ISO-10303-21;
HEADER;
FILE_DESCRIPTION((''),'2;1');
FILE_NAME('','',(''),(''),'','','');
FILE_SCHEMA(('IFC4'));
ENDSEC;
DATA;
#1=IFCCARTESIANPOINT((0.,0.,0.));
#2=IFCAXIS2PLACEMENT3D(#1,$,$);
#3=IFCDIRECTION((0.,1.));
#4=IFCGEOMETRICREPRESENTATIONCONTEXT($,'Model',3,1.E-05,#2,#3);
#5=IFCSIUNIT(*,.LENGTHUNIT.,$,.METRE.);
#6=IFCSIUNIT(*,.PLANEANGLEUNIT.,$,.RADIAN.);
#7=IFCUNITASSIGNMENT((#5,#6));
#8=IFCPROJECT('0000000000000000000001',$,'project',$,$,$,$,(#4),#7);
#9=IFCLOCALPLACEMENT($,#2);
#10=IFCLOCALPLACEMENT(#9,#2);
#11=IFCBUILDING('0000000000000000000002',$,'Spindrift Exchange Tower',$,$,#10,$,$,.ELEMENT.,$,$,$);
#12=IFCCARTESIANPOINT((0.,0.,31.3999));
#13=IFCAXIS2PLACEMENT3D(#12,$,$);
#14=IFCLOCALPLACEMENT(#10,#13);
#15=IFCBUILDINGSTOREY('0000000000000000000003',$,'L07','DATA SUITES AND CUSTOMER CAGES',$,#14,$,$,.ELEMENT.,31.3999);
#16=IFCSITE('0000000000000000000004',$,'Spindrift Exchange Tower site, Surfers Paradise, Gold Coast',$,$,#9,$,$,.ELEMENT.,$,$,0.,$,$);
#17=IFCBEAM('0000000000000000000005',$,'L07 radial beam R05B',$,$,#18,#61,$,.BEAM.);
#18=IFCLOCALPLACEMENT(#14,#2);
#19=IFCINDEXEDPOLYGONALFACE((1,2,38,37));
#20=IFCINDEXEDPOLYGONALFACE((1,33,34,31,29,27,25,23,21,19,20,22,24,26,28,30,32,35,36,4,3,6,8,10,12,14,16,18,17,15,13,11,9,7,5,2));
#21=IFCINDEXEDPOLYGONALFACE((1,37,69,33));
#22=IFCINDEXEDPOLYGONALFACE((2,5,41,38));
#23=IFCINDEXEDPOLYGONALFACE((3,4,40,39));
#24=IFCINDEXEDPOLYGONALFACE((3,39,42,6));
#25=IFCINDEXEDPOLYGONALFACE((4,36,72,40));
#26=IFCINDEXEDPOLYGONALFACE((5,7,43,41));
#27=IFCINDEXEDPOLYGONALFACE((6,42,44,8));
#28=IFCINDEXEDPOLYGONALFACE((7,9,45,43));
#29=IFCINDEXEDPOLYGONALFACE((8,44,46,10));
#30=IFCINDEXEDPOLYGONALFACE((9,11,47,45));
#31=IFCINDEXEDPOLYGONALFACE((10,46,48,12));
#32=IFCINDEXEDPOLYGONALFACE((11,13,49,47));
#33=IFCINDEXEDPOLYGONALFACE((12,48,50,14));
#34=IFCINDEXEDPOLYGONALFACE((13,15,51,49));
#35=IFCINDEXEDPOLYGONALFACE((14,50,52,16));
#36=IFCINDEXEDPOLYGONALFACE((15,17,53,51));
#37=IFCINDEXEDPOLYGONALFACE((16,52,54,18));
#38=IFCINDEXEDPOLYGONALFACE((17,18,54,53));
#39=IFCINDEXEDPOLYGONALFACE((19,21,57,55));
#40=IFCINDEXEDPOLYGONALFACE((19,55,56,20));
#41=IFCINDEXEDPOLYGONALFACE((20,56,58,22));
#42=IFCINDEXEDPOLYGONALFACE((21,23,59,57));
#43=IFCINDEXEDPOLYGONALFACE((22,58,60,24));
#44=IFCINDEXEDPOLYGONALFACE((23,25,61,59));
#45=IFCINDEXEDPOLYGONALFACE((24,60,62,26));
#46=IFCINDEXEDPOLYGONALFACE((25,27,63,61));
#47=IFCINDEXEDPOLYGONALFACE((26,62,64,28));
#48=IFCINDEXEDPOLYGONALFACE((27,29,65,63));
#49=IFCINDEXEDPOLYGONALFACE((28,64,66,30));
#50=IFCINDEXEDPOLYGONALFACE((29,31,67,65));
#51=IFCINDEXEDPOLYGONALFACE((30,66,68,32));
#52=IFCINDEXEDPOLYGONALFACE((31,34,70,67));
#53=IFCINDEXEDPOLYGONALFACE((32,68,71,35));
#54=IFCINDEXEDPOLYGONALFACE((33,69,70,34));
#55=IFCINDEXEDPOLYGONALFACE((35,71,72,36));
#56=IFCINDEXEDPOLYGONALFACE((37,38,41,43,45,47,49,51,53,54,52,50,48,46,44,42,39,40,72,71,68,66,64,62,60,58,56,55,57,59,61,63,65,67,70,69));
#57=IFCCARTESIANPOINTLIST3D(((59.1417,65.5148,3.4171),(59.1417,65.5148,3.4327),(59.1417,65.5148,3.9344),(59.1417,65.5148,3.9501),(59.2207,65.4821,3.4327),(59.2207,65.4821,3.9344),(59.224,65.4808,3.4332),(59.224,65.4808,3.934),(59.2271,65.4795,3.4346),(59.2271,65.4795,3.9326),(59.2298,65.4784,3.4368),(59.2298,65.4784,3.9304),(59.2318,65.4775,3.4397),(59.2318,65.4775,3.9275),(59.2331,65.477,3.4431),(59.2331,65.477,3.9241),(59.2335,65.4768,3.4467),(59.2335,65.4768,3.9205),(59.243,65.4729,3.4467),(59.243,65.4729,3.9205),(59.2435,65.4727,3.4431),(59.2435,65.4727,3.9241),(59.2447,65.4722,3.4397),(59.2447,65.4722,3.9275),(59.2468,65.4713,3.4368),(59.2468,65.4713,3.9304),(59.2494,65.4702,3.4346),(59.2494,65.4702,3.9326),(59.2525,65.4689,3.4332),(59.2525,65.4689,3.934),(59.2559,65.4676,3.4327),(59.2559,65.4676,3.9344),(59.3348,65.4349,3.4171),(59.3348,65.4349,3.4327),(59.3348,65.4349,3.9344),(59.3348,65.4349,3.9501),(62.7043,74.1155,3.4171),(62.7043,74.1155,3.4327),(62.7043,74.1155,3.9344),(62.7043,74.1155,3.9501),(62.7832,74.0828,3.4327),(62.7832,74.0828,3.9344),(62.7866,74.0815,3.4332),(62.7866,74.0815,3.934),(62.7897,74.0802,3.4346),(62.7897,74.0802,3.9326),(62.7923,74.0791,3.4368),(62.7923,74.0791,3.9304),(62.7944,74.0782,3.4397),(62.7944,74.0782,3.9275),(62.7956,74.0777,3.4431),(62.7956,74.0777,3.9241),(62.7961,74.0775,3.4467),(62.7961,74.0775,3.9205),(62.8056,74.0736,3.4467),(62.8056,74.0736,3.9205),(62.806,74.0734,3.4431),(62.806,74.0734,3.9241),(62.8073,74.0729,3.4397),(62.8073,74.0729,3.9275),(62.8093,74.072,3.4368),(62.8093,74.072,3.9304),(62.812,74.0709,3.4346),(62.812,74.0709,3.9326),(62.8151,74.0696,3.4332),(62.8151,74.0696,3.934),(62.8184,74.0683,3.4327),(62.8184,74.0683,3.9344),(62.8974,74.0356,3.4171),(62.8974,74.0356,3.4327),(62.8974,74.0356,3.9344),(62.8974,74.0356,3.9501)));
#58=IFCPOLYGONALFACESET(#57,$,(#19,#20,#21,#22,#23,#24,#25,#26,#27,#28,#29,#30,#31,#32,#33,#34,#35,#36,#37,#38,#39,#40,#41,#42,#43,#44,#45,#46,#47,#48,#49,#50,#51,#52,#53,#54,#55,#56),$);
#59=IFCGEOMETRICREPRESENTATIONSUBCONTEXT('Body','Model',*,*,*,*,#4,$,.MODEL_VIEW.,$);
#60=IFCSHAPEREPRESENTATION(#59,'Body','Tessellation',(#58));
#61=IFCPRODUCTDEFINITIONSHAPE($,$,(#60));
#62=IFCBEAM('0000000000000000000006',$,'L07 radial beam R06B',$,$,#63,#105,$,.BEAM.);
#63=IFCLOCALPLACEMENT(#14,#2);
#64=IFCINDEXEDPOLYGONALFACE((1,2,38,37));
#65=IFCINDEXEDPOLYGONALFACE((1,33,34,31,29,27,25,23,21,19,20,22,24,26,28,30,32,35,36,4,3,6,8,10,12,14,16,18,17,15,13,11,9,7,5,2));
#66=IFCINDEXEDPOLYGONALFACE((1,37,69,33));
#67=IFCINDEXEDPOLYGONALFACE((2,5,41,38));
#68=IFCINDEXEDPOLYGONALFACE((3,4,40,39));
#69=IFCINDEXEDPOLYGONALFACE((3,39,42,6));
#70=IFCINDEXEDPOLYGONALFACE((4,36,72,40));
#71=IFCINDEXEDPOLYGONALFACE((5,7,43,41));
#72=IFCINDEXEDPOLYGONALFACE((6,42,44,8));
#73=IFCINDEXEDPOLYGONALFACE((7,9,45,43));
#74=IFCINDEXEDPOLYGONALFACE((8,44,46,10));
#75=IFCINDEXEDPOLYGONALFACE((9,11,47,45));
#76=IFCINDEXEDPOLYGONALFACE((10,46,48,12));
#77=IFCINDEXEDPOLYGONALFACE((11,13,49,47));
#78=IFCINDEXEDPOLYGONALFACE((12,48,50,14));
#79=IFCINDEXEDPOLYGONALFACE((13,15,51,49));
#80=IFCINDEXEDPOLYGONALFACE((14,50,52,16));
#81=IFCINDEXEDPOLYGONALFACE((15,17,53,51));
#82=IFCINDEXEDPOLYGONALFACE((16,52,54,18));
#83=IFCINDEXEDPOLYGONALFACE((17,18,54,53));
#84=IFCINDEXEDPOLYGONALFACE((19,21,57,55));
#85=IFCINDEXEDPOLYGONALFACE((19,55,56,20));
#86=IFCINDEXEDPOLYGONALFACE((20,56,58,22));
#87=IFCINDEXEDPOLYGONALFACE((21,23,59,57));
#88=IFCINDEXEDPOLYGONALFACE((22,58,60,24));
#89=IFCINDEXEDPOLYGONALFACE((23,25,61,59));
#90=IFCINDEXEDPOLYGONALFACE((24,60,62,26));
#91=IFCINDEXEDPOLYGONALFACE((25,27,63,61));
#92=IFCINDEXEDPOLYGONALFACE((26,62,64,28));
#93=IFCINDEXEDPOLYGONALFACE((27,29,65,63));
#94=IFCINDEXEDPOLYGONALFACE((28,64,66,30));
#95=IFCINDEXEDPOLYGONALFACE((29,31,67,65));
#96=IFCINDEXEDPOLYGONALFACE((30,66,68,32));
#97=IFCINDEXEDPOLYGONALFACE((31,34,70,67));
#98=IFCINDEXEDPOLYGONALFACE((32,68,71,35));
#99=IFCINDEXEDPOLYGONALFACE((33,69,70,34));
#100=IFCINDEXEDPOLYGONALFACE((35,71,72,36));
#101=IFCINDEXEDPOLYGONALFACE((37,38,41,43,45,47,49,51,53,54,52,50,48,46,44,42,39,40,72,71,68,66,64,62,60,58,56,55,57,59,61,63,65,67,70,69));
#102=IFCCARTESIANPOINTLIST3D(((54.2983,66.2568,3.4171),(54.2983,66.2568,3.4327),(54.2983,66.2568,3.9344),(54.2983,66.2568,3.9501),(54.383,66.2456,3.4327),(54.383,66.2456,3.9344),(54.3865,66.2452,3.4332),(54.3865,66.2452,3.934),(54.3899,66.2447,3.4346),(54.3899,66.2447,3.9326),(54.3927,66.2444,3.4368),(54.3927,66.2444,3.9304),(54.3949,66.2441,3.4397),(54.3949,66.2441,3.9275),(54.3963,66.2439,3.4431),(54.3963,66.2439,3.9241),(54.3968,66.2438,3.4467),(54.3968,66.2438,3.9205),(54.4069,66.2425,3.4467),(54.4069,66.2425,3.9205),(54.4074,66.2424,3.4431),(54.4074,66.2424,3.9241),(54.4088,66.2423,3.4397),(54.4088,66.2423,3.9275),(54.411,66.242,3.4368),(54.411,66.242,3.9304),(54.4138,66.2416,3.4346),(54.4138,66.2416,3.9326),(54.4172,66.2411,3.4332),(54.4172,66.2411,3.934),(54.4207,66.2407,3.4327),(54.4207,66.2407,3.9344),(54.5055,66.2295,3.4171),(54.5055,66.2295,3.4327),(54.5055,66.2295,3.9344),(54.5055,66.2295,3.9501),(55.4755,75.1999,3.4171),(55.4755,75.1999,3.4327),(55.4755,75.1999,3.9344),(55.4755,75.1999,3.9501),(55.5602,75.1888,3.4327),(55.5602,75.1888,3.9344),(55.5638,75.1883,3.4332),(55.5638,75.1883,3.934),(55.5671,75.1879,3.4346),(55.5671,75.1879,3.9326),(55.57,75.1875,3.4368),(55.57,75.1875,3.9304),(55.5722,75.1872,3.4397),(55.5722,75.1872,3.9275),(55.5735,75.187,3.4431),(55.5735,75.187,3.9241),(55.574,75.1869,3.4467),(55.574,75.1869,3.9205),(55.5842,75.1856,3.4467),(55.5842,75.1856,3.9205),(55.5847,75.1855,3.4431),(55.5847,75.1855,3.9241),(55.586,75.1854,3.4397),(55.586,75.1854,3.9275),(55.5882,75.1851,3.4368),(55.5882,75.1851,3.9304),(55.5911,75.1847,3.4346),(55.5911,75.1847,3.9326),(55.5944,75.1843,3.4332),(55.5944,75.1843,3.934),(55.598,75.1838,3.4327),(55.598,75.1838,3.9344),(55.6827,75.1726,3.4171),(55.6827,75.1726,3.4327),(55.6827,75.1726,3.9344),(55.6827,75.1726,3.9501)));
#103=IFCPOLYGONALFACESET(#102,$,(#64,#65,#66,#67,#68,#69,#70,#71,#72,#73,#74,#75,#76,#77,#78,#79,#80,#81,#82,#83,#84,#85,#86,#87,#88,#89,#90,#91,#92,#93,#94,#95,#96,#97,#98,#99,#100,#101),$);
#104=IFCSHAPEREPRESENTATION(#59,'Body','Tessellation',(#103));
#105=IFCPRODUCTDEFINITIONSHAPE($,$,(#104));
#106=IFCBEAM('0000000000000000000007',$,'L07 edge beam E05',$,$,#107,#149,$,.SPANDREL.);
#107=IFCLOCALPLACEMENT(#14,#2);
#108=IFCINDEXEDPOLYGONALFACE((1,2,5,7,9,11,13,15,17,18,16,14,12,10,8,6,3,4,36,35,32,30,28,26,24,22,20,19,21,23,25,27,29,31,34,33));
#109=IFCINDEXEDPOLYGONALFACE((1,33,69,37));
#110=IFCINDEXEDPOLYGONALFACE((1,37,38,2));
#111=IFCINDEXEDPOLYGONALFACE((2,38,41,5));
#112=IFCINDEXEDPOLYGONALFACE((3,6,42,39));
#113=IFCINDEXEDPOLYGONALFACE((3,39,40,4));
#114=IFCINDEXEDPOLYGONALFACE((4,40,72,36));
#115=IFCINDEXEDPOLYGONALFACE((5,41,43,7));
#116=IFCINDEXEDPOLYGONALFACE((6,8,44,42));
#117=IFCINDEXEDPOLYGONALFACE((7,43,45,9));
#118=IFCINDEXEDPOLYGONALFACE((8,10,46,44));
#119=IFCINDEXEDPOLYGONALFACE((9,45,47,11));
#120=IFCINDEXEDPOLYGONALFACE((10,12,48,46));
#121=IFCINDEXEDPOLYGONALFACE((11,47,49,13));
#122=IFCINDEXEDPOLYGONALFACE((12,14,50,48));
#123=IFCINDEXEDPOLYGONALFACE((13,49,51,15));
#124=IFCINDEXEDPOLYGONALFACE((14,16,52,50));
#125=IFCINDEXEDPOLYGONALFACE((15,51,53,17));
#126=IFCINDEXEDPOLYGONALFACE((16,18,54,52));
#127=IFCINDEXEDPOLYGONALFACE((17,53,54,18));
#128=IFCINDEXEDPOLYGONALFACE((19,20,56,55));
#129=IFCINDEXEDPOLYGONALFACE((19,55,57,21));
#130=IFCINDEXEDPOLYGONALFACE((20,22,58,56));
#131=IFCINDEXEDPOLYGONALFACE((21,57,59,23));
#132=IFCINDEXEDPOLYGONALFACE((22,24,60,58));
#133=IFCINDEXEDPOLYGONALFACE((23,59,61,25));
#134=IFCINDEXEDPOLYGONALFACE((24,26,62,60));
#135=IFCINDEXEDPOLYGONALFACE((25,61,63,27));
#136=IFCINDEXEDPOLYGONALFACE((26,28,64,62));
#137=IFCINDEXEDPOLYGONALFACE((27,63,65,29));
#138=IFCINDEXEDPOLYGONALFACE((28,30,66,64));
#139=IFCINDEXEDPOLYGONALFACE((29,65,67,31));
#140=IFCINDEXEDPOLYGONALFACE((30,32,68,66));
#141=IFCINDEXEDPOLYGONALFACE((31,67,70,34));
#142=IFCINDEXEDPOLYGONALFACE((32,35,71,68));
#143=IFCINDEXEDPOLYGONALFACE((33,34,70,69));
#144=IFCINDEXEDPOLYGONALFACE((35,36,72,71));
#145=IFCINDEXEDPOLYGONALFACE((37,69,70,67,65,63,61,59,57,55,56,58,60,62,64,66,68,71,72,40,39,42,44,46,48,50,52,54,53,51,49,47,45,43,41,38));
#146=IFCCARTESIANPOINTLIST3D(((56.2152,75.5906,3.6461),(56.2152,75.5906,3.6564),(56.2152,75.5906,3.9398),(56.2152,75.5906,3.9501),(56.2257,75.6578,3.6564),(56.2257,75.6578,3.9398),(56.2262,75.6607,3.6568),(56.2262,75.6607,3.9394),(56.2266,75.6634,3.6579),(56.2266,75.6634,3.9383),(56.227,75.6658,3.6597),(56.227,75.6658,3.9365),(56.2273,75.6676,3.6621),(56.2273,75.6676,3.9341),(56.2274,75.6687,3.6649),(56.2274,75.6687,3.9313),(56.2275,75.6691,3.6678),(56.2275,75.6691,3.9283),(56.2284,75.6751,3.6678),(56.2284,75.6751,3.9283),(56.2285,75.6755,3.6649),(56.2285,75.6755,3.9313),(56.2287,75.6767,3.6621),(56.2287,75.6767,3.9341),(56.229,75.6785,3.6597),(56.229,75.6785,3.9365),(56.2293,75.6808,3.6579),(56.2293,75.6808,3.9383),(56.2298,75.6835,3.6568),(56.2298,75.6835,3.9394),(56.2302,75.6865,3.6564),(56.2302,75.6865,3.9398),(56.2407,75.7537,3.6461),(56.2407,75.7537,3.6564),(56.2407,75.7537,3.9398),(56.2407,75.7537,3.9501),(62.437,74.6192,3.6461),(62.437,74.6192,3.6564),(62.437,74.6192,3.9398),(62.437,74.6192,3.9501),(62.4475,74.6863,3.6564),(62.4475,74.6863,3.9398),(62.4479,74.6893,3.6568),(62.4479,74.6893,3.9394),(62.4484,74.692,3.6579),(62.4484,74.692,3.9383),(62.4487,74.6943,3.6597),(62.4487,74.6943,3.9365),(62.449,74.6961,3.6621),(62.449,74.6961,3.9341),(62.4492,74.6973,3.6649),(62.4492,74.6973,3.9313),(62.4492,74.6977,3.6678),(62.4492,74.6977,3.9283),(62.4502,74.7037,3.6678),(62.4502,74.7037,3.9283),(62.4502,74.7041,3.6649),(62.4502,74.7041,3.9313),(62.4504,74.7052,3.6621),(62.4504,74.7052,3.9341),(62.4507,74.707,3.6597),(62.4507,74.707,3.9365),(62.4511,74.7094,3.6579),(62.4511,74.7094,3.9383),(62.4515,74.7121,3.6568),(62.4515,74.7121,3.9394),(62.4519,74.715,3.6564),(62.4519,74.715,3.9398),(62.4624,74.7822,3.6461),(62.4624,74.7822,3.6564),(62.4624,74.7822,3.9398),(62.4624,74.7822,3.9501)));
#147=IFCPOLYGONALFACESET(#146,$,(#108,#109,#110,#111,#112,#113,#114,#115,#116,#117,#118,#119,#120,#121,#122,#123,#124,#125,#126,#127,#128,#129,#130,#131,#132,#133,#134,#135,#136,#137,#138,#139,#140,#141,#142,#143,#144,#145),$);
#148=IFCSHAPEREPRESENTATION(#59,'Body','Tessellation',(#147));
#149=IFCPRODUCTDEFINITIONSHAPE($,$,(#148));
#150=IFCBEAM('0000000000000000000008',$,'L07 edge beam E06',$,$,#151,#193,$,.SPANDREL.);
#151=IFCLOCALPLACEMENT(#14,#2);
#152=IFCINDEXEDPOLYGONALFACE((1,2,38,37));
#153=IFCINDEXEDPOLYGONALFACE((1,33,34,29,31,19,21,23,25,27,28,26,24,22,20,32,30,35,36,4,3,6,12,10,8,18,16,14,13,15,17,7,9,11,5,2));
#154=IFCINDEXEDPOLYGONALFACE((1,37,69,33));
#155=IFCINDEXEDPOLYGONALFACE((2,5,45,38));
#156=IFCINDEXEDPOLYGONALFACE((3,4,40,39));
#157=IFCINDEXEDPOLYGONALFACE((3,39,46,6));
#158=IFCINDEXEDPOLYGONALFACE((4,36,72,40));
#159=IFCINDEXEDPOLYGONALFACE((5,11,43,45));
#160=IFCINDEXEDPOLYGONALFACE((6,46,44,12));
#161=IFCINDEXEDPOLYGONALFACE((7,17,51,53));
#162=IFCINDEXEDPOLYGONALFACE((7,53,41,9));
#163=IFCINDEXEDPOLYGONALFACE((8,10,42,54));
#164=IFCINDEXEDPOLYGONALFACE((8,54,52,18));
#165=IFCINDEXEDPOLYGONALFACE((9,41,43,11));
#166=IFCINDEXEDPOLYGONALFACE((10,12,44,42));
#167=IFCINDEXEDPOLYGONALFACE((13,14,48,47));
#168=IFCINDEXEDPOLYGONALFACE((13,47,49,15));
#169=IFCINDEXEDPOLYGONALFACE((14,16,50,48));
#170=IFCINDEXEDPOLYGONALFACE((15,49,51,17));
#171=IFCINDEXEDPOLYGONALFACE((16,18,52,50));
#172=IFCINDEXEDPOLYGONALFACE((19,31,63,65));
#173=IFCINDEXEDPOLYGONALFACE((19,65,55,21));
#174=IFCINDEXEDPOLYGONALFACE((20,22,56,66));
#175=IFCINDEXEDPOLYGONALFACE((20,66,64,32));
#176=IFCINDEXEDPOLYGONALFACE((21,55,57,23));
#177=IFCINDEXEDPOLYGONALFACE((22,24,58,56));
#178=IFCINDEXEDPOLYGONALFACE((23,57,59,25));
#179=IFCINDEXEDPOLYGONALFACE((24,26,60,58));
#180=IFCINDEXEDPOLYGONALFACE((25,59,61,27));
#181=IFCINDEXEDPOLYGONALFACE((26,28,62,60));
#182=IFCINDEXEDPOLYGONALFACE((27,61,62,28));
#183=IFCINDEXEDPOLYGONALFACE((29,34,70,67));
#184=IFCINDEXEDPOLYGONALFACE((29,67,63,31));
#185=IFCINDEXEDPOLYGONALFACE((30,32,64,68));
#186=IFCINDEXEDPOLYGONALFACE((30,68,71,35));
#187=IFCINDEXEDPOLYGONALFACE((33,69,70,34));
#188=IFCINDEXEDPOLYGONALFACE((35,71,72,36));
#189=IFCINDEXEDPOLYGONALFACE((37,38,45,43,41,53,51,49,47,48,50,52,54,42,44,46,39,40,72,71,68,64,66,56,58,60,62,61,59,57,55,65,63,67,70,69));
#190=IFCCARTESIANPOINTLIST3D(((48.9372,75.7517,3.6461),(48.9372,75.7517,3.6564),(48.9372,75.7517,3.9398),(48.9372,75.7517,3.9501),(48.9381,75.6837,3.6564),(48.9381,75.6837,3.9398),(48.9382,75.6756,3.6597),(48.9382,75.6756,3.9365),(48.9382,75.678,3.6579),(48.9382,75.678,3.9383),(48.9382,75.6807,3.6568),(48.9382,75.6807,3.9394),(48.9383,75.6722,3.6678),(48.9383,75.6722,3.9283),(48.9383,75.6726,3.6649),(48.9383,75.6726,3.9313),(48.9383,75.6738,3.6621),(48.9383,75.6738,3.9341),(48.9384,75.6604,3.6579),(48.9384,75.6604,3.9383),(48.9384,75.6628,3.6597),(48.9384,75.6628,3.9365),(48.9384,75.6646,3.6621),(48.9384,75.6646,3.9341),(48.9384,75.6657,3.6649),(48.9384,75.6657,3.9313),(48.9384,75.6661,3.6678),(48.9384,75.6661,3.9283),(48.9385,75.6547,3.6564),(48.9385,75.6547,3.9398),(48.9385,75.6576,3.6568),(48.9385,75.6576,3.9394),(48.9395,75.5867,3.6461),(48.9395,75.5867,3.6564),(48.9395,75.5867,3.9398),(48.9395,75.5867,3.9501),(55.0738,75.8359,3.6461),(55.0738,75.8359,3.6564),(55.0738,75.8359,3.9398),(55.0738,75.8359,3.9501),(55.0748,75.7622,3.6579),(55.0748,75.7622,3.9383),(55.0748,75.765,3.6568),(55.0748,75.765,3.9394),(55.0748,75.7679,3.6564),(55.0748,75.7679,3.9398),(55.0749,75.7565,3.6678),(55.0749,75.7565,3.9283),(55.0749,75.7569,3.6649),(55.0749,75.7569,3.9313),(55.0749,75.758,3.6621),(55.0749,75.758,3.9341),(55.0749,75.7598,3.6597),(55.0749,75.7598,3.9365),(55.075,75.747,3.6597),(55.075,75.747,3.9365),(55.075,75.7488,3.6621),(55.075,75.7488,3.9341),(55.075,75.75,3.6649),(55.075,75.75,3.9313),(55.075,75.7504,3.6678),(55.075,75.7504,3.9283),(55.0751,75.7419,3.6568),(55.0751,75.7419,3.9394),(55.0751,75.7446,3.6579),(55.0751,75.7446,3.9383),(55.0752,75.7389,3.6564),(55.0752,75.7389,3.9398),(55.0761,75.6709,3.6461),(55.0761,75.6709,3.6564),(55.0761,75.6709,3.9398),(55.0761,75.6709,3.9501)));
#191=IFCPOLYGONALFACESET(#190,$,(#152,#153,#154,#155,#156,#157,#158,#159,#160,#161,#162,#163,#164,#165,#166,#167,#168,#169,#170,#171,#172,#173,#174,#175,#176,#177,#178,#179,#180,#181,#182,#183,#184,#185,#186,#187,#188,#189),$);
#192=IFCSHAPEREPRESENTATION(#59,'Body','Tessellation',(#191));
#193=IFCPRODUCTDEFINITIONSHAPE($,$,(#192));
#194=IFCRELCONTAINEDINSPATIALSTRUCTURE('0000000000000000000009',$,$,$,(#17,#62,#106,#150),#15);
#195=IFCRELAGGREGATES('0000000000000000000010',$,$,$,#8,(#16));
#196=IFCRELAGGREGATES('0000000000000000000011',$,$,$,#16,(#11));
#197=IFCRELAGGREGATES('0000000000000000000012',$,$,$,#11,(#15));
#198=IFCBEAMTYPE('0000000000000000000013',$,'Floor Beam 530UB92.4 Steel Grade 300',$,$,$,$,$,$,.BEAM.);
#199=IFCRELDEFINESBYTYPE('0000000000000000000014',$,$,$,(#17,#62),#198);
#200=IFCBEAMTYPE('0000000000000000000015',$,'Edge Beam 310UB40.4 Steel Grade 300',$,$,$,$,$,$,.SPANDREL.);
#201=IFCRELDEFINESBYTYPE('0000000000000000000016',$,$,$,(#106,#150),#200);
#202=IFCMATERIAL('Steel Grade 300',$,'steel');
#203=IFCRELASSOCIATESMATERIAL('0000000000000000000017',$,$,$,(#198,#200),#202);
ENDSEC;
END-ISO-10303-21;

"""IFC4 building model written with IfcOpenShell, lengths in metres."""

from ifc_helpers import new_model, si_unit, direction, frame, origin, origin_2d, place, context, subcontext, project, spatial, i_section, extrude, source, transform, mapped, material, material_profile, profile_set, type_object, element, save


model = new_model("IFC4")

# Units and contexts
model_context = context("Model", 3, precision=1e-05, world=origin(), true_north=direction((0.0, 1.0)))
body_context = subcontext(model_context, "Body", "Model", "MODEL_VIEW")
ifc_project = project(units=[si_unit("LENGTHUNIT", "METRE"), si_unit("PLANEANGLEUNIT", "RADIAN")], contexts=[model_context])

# Site, building, storey
site_placement = place(None, origin())
site = spatial("IfcSite", under=ifc_project, at=site_placement, Name="Spindrift Exchange Tower site, Surfers Paradise, Gold Coast", CompositionType="ELEMENT", RefElevation=0.0)
building_placement = place(site_placement, origin())
building = spatial("IfcBuilding", under=site, at=building_placement, Name="Spindrift Exchange Tower", CompositionType="ELEMENT")
storey_placement = place(building_placement, frame((0.0, 0.0, 31.3999)))
storey = spatial("IfcBuildingStorey", under=building, at=storey_placement, Name="L07", Description="DATA SUITES AND CUSTOMER CAGES", CompositionType="ELEMENT", Elevation=31.3999)

# Beams
ifc_material_1 = material(Name="Steel Grade 300", Category="steel")
ifc_material_profile_1 = material_profile(ifc_material_1, i_section(OverallWidth=0.209, OverallDepth=0.533, WebThickness=0.0103, FlangeThickness=0.0156, FilletRadius=0.0139, at=origin_2d()), Name="530UB92.4")
ifc_profile_set_1 = profile_set([ifc_material_profile_1], Name="Steel Grade 300")
beam_type_1 = type_object("IfcBeamType", Name="Floor Beam 530UB92.4 Steel Grade 300", PredefinedType="BEAM", material=ifc_profile_set_1)
shared_shape_1 = source(origin(), body_context, "Body", "SweptSolid", [
    extrude(i_section(OverallWidth=0.209, OverallDepth=0.533, WebThickness=0.0103, FlangeThickness=0.0156, FilletRadius=0.0139, at=origin_2d()), origin(), (0.0, 0.0, 1.0), 9.3093),
])
beam_1_placement = place(storey_placement, frame((59.2383, 65.4749, 3.6836), z_axis=(0.382685, 0.923879, 0.0), x_axis=(-0.923879, 0.382685, 0.0)))
element("IfcBeam", 1, at=beam_1_placement, inside=storey, type_object=beam_type_1, Name="L07 radial beam R05B", PredefinedType="BEAM", context=body_context, shape_type="MappedRepresentation", body=[
    mapped(shared_shape_1, transform((0.0, 0.0, 0.0), scale=1.0)),
])
shared_shape_2 = source(origin(), body_context, "Body", "SweptSolid", [
    extrude(i_section(OverallWidth=0.209, OverallDepth=0.533, WebThickness=0.0103, FlangeThickness=0.0156, FilletRadius=0.0139, at=origin_2d()), origin(), (0.0, 0.0, 1.0), 9.0203),
])
beam_2_placement = place(storey_placement, frame((54.4019, 66.2432, 3.6836), z_axis=(0.130511, 0.991447, 0.0), x_axis=(-0.991447, 0.130511, 0.0)))
element("IfcBeam", 2, at=beam_2_placement, inside=storey, type_object=beam_type_1, Name="L07 radial beam R06B", PredefinedType="BEAM", context=body_context, shape_type="MappedRepresentation", body=[
    mapped(shared_shape_2, transform((0.0, 0.0, 0.0), scale=1.0)),
])
ifc_material_profile_2 = material_profile(ifc_material_1, i_section(OverallWidth=0.165, OverallDepth=0.304, WebThickness=0.0061, FlangeThickness=0.0103, FilletRadius=0.0115, at=origin_2d()), Name="310UB40.4")
ifc_profile_set_2 = profile_set([ifc_material_profile_2], Name="Steel Grade 300")
beam_type_2 = type_object("IfcBeamType", Name="Edge Beam 310UB40.4 Steel Grade 300", PredefinedType="SPANDREL", material=ifc_profile_set_2)
shared_shape_3 = source(origin(), body_context, "Body", "SweptSolid", [
    extrude(i_section(OverallWidth=0.165, OverallDepth=0.304, WebThickness=0.0061, FlangeThickness=0.0103, FilletRadius=0.0115, at=origin_2d()), origin(), (0.0, 0.0, 1.0), 6.2971),
])
beam_3_placement = place(storey_placement, frame((62.4497, 74.7007, 3.7981), z_axis=(-0.988029, 0.154268, 0.0), x_axis=(-0.154268, -0.988029, 0.0)))
element("IfcBeam", 3, at=beam_3_placement, inside=storey, type_object=beam_type_2, Name="L07 edge beam E05", PredefinedType="SPANDREL", context=body_context, shape_type="MappedRepresentation", body=[
    mapped(shared_shape_3, transform((0.0, 0.0, 0.0), scale=1.0)),
])
shared_shape_4 = source(origin(), body_context, "Body", "SweptSolid", [
    extrude(i_section(OverallWidth=0.165, OverallDepth=0.304, WebThickness=0.0061, FlangeThickness=0.0103, FilletRadius=0.0115, at=origin_2d()), origin(), (0.0, 0.0, 1.0), 6.1372),
])
beam_4_placement = place(storey_placement, frame((55.075, 75.7534, 3.7981), z_axis=(-0.999906, -0.013724, 0.0), x_axis=(0.013724, -0.999906, 0.0)))
element("IfcBeam", 4, at=beam_4_placement, inside=storey, type_object=beam_type_2, Name="L07 edge beam E06", PredefinedType="SPANDREL", context=body_context, shape_type="MappedRepresentation", body=[
    mapped(shared_shape_4, transform((0.0, 0.0, 0.0), scale=1.0)),
])

save(model, "model.ifc")
